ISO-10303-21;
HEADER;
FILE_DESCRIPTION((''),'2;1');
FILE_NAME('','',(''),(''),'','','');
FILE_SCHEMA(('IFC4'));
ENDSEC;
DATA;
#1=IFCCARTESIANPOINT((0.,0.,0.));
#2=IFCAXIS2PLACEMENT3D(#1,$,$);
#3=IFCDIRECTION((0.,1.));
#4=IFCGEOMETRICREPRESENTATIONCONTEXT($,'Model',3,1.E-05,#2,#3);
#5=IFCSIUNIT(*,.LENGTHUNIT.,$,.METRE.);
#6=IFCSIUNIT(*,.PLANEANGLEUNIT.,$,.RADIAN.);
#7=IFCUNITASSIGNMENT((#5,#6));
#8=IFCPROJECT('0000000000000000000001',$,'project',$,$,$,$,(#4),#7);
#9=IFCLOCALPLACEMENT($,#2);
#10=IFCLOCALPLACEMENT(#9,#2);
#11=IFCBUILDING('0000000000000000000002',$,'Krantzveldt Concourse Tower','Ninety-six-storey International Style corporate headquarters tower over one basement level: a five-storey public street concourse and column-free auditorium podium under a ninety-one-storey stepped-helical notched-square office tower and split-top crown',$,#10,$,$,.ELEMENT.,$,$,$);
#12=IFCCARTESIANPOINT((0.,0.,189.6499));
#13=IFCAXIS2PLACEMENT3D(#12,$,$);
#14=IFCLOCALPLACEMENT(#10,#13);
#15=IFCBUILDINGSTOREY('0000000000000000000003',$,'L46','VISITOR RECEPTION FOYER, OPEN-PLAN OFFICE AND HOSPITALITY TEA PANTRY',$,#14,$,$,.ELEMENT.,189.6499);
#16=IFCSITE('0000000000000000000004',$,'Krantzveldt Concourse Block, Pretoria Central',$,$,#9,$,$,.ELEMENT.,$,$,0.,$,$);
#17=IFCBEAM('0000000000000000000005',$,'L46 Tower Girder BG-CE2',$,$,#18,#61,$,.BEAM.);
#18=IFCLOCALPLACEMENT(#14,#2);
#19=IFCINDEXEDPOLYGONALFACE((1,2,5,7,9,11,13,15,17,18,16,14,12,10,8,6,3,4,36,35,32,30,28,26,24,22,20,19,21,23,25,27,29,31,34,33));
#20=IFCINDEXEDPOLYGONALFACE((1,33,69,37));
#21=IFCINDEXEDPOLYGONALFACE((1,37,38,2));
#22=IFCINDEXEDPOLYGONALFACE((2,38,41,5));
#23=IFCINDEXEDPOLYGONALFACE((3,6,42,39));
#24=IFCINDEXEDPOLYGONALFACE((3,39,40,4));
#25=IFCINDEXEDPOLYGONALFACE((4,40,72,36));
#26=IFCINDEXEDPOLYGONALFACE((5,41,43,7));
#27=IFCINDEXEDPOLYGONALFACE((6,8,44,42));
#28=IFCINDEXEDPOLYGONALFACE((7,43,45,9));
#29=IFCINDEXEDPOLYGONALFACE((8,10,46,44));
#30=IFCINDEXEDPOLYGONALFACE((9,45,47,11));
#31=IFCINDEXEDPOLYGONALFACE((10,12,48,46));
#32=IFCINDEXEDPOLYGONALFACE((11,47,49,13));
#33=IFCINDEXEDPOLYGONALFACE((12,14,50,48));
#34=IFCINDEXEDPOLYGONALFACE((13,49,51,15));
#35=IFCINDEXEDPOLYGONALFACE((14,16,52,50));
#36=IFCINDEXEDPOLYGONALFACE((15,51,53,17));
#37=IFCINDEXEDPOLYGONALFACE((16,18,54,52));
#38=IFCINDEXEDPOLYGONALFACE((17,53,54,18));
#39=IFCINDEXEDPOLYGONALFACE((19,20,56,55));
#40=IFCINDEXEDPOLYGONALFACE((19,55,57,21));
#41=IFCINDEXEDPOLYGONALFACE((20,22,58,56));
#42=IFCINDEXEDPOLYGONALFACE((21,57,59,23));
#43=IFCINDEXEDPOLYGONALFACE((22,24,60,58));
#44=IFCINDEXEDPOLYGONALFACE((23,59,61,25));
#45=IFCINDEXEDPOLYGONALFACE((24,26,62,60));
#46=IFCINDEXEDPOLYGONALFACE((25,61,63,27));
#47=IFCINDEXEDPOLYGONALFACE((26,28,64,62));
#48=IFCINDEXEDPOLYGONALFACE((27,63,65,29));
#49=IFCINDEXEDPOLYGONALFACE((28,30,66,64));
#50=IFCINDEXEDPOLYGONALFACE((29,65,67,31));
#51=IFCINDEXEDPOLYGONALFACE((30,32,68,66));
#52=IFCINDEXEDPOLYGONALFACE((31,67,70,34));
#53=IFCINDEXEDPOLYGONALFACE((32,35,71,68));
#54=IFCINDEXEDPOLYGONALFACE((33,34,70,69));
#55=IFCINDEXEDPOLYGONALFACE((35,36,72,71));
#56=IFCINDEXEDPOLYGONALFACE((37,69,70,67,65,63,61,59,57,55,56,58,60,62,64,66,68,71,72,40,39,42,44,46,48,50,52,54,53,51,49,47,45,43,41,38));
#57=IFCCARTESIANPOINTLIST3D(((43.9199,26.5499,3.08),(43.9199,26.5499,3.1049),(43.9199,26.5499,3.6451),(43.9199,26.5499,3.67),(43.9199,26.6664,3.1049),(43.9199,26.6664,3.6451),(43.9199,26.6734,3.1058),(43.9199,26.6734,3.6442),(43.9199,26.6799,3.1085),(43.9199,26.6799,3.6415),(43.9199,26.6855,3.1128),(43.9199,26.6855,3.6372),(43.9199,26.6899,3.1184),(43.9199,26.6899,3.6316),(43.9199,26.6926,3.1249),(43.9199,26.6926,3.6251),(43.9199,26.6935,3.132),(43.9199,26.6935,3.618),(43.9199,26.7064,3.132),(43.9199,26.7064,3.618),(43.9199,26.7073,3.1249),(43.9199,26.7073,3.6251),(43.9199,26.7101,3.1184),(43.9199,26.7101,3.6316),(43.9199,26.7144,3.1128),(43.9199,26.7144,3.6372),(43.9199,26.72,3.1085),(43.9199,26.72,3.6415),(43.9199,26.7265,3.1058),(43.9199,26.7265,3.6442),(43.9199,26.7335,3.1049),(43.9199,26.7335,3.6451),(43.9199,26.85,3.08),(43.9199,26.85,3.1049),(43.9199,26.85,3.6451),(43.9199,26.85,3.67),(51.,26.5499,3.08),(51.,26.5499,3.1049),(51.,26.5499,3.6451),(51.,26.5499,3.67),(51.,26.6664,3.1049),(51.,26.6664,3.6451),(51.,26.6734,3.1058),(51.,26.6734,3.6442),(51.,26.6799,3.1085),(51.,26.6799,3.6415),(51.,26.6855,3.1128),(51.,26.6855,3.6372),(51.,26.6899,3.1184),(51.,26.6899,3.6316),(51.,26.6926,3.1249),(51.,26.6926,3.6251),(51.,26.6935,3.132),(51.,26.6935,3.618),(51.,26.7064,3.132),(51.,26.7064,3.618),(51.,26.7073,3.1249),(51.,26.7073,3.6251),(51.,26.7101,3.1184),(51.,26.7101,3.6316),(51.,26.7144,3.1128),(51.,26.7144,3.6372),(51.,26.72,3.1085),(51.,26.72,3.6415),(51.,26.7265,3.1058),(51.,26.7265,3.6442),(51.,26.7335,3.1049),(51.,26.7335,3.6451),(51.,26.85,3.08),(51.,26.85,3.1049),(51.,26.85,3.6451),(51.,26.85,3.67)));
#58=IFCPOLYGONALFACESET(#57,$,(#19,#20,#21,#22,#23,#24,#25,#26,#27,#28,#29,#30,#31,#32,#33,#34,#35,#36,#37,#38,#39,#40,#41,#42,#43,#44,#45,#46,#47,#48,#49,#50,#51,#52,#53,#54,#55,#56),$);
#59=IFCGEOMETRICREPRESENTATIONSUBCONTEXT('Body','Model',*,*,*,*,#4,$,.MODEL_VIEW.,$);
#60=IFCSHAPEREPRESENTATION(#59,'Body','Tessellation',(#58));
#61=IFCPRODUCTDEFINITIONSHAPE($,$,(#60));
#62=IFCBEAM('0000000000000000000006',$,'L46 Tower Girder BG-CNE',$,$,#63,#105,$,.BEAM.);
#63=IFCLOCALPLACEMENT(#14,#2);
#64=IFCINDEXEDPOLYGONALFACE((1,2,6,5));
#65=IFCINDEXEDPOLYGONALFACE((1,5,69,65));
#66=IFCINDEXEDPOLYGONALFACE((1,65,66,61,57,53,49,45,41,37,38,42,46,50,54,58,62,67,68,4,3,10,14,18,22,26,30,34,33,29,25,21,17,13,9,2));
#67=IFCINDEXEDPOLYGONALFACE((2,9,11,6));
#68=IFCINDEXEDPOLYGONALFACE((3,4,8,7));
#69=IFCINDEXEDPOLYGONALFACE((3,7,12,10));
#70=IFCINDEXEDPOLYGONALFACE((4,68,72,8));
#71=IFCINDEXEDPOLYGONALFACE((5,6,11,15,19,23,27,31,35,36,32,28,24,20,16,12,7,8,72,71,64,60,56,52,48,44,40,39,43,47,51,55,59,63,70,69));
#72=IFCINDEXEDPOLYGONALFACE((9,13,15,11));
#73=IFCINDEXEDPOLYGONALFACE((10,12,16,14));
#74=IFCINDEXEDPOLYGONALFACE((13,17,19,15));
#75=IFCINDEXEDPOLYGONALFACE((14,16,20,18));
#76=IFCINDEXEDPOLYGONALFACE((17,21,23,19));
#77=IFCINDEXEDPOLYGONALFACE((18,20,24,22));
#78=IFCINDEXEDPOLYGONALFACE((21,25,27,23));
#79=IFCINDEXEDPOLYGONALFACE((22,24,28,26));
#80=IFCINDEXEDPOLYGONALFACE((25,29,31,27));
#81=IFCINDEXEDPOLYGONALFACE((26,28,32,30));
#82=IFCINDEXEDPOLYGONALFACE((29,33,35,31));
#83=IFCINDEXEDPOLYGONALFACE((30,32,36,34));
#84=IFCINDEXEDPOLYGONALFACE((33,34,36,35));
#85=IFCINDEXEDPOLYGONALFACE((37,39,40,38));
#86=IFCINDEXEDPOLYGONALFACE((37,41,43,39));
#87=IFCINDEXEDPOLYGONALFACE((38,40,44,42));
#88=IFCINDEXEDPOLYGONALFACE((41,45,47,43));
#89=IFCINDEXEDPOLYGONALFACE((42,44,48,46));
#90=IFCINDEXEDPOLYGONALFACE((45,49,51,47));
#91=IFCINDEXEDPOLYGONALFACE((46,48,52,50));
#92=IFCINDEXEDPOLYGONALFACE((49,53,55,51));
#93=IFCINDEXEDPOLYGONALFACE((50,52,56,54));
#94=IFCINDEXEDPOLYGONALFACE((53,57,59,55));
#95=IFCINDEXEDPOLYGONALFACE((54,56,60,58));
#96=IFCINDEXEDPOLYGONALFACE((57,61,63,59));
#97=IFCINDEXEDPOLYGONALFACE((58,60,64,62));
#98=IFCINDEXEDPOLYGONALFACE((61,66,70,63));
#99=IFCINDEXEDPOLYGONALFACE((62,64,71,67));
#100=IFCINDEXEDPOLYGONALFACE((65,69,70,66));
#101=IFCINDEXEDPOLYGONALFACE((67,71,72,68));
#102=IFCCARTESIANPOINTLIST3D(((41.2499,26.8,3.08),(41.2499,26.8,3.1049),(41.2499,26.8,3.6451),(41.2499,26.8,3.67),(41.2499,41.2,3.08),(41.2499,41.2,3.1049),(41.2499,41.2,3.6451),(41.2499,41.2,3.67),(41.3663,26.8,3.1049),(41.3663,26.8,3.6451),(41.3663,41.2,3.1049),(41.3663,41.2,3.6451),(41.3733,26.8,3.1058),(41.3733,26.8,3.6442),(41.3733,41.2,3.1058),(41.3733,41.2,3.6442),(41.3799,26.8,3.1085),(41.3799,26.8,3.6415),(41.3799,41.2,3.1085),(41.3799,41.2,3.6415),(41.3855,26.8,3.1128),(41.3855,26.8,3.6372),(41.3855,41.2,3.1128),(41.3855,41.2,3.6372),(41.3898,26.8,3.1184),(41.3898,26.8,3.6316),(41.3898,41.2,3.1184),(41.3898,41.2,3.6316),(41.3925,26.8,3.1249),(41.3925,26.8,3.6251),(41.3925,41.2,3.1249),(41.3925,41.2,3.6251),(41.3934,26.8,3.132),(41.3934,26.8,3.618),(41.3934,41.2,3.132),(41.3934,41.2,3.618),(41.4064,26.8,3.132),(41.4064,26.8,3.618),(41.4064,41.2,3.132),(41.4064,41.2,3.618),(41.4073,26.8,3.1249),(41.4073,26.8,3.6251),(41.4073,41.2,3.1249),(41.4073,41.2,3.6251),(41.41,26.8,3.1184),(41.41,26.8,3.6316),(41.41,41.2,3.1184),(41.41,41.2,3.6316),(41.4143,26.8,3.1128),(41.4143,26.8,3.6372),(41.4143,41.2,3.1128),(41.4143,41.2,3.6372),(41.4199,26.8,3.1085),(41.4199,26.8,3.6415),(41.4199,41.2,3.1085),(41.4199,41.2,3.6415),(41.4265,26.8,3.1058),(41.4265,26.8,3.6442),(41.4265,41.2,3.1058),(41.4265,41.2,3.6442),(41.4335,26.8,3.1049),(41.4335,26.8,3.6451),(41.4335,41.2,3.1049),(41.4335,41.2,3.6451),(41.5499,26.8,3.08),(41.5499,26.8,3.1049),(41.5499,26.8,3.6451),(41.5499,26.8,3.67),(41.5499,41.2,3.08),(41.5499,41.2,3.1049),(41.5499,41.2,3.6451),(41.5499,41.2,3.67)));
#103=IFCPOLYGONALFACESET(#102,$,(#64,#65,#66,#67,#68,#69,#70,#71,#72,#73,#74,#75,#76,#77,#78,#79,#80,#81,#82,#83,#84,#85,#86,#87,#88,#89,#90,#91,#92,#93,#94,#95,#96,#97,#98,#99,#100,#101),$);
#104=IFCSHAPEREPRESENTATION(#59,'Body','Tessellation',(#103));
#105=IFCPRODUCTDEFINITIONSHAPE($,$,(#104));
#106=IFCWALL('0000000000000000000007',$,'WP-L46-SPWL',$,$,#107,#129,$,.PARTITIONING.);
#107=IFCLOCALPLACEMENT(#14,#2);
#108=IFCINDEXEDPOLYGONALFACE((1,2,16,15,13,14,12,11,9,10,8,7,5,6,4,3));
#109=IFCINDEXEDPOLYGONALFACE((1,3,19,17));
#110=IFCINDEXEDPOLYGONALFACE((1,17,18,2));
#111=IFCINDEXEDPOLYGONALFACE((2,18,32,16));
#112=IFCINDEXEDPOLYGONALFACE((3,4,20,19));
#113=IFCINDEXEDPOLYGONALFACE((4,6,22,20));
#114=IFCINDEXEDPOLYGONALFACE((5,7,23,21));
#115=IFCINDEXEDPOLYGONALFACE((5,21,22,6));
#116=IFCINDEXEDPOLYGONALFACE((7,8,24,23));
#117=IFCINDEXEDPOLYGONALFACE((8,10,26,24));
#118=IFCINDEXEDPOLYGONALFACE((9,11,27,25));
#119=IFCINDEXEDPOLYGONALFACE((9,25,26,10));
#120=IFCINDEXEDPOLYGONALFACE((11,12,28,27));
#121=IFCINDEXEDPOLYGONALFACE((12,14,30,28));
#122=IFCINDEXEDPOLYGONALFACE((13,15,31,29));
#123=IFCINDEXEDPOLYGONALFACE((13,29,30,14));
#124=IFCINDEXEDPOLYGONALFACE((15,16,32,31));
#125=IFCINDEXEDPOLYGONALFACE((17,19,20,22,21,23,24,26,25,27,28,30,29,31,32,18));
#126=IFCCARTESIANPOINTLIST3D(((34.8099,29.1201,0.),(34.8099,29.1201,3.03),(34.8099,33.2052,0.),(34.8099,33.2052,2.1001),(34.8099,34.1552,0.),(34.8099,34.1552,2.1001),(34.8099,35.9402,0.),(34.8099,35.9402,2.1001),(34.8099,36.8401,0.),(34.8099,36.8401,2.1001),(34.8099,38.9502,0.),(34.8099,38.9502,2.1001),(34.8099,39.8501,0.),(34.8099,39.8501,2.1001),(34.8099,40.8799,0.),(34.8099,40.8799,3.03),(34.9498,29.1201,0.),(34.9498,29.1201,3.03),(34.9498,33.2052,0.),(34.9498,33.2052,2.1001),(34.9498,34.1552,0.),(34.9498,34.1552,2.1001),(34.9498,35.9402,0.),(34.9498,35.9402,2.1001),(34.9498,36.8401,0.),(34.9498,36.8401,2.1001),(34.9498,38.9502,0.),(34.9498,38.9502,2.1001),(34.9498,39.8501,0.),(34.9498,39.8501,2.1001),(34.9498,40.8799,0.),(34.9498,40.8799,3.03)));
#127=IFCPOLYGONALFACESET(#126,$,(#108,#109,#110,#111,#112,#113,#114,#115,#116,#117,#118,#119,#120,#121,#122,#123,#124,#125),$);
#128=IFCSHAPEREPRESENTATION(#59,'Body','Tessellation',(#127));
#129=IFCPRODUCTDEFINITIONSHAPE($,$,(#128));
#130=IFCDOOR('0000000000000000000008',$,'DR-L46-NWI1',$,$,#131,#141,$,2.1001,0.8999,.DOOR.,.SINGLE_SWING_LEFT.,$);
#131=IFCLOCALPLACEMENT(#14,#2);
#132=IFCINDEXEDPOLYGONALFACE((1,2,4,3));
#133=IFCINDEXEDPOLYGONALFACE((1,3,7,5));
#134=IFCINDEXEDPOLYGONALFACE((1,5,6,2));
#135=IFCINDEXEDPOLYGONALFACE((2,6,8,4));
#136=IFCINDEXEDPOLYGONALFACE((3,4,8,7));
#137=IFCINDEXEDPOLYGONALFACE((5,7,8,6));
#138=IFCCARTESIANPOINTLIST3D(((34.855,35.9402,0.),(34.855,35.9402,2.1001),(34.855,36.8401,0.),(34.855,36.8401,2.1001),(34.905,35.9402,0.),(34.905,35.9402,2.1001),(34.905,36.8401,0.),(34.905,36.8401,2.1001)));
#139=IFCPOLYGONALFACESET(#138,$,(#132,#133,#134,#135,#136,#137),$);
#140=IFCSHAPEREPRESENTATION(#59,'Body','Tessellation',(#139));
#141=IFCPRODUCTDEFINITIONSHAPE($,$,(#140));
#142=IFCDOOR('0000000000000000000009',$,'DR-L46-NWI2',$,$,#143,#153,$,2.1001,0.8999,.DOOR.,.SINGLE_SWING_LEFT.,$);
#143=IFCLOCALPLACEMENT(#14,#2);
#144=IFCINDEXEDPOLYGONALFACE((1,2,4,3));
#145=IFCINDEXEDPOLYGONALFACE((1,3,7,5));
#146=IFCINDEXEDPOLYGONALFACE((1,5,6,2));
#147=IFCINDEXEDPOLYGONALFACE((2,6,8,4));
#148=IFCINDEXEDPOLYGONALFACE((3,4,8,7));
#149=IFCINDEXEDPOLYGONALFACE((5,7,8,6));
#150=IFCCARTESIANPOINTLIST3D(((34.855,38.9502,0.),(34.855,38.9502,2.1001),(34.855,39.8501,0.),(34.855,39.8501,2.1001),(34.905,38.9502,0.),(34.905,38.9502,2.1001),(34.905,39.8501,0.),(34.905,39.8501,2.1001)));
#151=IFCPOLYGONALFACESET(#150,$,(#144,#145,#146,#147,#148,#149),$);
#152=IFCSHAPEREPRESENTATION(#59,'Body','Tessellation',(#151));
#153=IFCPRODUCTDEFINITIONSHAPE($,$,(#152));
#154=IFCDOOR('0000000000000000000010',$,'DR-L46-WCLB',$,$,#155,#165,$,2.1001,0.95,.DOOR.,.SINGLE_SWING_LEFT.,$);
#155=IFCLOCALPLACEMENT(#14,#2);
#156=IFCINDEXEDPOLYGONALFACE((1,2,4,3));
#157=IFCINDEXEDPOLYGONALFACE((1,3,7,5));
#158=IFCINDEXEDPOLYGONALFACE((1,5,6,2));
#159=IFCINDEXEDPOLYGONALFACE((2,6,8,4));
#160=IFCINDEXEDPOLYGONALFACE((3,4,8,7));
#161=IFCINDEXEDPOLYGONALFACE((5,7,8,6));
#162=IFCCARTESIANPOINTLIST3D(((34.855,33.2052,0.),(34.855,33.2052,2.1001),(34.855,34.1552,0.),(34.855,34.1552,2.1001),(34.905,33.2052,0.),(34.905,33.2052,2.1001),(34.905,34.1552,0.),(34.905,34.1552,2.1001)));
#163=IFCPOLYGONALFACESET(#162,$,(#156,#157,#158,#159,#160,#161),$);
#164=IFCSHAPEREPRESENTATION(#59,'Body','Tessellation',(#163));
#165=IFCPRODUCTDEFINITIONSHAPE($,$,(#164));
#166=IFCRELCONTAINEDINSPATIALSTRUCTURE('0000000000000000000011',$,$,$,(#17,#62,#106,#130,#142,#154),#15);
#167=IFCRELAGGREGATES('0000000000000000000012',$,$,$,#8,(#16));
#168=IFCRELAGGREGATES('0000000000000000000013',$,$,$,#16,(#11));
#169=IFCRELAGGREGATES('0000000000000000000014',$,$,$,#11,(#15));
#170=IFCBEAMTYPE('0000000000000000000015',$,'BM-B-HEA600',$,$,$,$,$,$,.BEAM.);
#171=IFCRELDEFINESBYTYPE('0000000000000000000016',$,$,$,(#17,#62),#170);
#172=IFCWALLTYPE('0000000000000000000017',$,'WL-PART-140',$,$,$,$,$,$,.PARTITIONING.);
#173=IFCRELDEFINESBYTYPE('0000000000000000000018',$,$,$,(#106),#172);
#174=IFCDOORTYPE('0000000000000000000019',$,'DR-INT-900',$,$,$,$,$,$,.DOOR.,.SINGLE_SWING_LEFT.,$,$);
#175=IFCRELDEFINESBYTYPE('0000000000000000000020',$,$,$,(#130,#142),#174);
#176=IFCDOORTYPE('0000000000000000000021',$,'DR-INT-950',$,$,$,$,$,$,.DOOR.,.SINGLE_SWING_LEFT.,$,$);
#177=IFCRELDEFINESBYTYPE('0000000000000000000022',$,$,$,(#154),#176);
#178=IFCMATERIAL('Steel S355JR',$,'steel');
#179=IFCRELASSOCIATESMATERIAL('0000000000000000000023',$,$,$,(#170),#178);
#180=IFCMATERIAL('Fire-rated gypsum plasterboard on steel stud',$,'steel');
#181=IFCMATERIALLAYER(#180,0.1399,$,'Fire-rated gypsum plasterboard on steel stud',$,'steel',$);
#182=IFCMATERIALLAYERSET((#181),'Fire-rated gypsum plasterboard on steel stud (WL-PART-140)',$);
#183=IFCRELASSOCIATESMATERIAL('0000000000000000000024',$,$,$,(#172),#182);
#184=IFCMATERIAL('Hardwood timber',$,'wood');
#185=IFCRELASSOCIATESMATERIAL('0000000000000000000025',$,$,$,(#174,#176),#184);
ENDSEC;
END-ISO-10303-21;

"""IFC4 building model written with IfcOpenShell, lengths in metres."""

from ifc_helpers import new_model, si_unit, direction, frame, frame_2d, origin, origin_2d, place, context, subcontext, project, spatial, rectangle, i_section, extrude, source, transform, mapped, material, layer, layer_set, material_profile, profile_set, type_object, type_shapes, element, fill, save


model = new_model("IFC4")

# Units and contexts
model_context = context("Model", 3, precision=1e-05, world=origin(), true_north=direction((0.0, 1.0)))
body_context = subcontext(model_context, "Body", "Model", "MODEL_VIEW")
ifc_project = project(units=[si_unit("LENGTHUNIT", "METRE"), si_unit("PLANEANGLEUNIT", "RADIAN")], contexts=[model_context])

# Site, building, storey
site_placement = place(None, origin())
site = spatial("IfcSite", under=ifc_project, at=site_placement, Name="Krantzveldt Concourse Block, Pretoria Central", CompositionType="ELEMENT", RefElevation=0.0)
building_placement = place(site_placement, origin())
building = spatial("IfcBuilding", under=site, at=building_placement, Name="Krantzveldt Concourse Tower", Description="Ninety-six-storey International Style corporate headquarters tower over one basement level: a five-storey public street concourse and column-free auditorium podium under a ninety-one-storey stepped-helical notched-square office tower and split-top crown", CompositionType="ELEMENT")
storey_placement = place(building_placement, frame((0.0, 0.0, 189.6499)))
storey = spatial("IfcBuildingStorey", under=building, at=storey_placement, Name="L46", Description="VISITOR RECEPTION FOYER, OPEN-PLAN OFFICE AND HOSPITALITY TEA PANTRY", CompositionType="ELEMENT", Elevation=189.6499)

# Beams
ifc_material_1 = material(Name="Steel S355JR", Category="steel")
ifc_material_profile = material_profile(ifc_material_1, i_section(OverallWidth=0.3, OverallDepth=0.5901, WebThickness=0.0129, FlangeThickness=0.0249, FilletRadius=0.0271, at=origin_2d()), Name="Steel S355JR", Category="steel")
ifc_profile_set = profile_set([ifc_material_profile], Name="Steel S355JR - HEA 600")
beam_type = type_object("IfcBeamType", Name="BM-B-HEA600", PredefinedType="BEAM", material=ifc_profile_set)
shared_shape_1 = source(origin(), body_context, "Body", "SweptSolid", [
    extrude(i_section(OverallWidth=0.3, OverallDepth=0.5901, WebThickness=0.0129, FlangeThickness=0.0249, FilletRadius=0.0271, at=origin_2d()), origin(), (0.0, 0.0, 1.0), 7.0801),
])
beam_1_placement = place(storey_placement, frame((43.9199, 26.7, 3.375), z_axis=(1.0, 0.0, 0.0), x_axis=(0.0, 1.0, 0.0)))
element("IfcBeam", 1, at=beam_1_placement, inside=storey, type_object=beam_type, Name="L46 Tower Girder BG-CE2", PredefinedType="BEAM", context=body_context, shape_type="MappedRepresentation", body=[
    mapped(shared_shape_1, transform((0.0, 0.0, 0.0), x_axis=(1.0, 0.0, 0.0), y_axis=(0.0, 1.0, 0.0), z_axis=(0.0, 0.0, 1.0), scale=1.0)),
])
shared_shape_2 = source(origin(), body_context, "Body", "SweptSolid", [
    extrude(i_section(OverallWidth=0.3, OverallDepth=0.5901, WebThickness=0.0129, FlangeThickness=0.0249, FilletRadius=0.0271, at=origin_2d()), origin(), (0.0, 0.0, 1.0), 14.3999),
])
type_shapes(beam_type, [shared_shape_1, shared_shape_2])
beam_2_placement = place(storey_placement, frame((41.3999, 26.8, 3.375), z_axis=(0.0, 1.0, 0.0), x_axis=(-1.0, 0.0, 0.0)))
element("IfcBeam", 2, at=beam_2_placement, inside=storey, type_object=beam_type, Name="L46 Tower Girder BG-CNE", PredefinedType="BEAM", context=body_context, shape_type="MappedRepresentation", body=[
    mapped(shared_shape_2, transform((0.0, 0.0, 0.0), x_axis=(1.0, 0.0, 0.0), y_axis=(0.0, 1.0, 0.0), z_axis=(0.0, 0.0, 1.0), scale=1.0)),
])

# Wall, openings, doors
ifc_material_2 = material(Name="Fire-rated gypsum plasterboard on steel stud", Category="steel")
ifc_layer = layer(ifc_material_2, 0.1399, Name="Fire-rated gypsum plasterboard on steel stud", Category="steel")
ifc_layer_set = layer_set([ifc_layer], Name="Fire-rated gypsum plasterboard on steel stud (WL-PART-140)")
wall_type = type_object("IfcWallType", Name="WL-PART-140", PredefinedType="PARTITIONING", material=ifc_layer_set)
wall_1_placement = place(storey_placement, frame((34.8799, 29.1201, 0.0), z_axis=(0.0, 0.0, 1.0), x_axis=(0.0, 1.0, 0.0)))
wall_1 = element("IfcWall", 3, at=wall_1_placement, inside=storey, type_object=wall_type, Name="WP-L46-SPWL", PredefinedType="PARTITIONING", context=body_context, shape_type="SweptSolid", body=[
    extrude(rectangle(XDim=11.7598, YDim=0.1399, at=frame_2d((5.8799, 0.0))), origin(), (0.0, 0.0, 1.0), 3.03),
])
opening_1_placement = place(wall_1_placement, frame((4.085, 0.0, 0.0)))
opening_1 = element("IfcOpeningElement", 4, at=opening_1_placement, cuts=wall_1, PredefinedType="OPENING", context=body_context, shape_type="SweptSolid", body=[
    extrude(rectangle(XDim=0.95, YDim=2.1001, at=frame_2d((0.4751, 1.05))), frame((0.0, 0.0801, 0.0), z_axis=(0.0, -1.0, 0.0), x_axis=(1.0, 0.0, 0.0)), (0.0, 0.0, 1.0), 0.1599),
])
opening_2_placement = place(wall_1_placement, frame((6.8201, 0.0, 0.0)))
opening_2 = element("IfcOpeningElement", 5, at=opening_2_placement, cuts=wall_1, PredefinedType="OPENING", context=body_context, shape_type="SweptSolid", body=[
    extrude(rectangle(XDim=0.8999, YDim=2.1001, at=frame_2d((0.45, 1.05))), frame((0.0, 0.0801, 0.0), z_axis=(0.0, -1.0, 0.0), x_axis=(1.0, 0.0, 0.0)), (0.0, 0.0, 1.0), 0.1599),
])
opening_3_placement = place(wall_1_placement, frame((9.8301, 0.0, 0.0)))
opening_3 = element("IfcOpeningElement", 6, at=opening_3_placement, cuts=wall_1, PredefinedType="OPENING", context=body_context, shape_type="SweptSolid", body=[
    extrude(rectangle(XDim=0.8999, YDim=2.1001, at=frame_2d((0.45, 1.05))), frame((0.0, 0.0801, 0.0), z_axis=(0.0, -1.0, 0.0), x_axis=(1.0, 0.0, 0.0)), (0.0, 0.0, 1.0), 0.1599),
])
ifc_material_3 = material(Name="Hardwood timber", Category="wood")
door_type_1 = type_object("IfcDoorType", Name="DR-INT-900", OperationType="SINGLE_SWING_LEFT", PredefinedType="DOOR", material=ifc_material_3)
door_1_placement = place(opening_2_placement, origin())
door_1 = element("IfcDoor", 7, at=door_1_placement, inside=storey, type_object=door_type_1, Name="DR-L46-NWI1", OperationType="SINGLE_SWING_LEFT", OverallHeight=2.1001, OverallWidth=0.8999, PredefinedType="DOOR", context=body_context, shape_type="SweptSolid", body=[
    extrude(rectangle(XDim=0.8999, YDim=2.1001, at=frame_2d((0.45, 1.05))), frame((0.0, 0.0249, 0.0), z_axis=(0.0, -1.0, 0.0), x_axis=(1.0, 0.0, 0.0)), (0.0, 0.0, 1.0), 0.05),
])
fill(opening_2, door_1)
door_2_placement = place(opening_3_placement, origin())
door_2 = element("IfcDoor", 8, at=door_2_placement, inside=storey, type_object=door_type_1, Name="DR-L46-NWI2", OperationType="SINGLE_SWING_LEFT", OverallHeight=2.1001, OverallWidth=0.8999, PredefinedType="DOOR", context=body_context, shape_type="SweptSolid", body=[
    extrude(rectangle(XDim=0.8999, YDim=2.1001, at=frame_2d((0.45, 1.05))), frame((0.0, 0.0249, 0.0), z_axis=(0.0, -1.0, 0.0), x_axis=(1.0, 0.0, 0.0)), (0.0, 0.0, 1.0), 0.05),
])
fill(opening_3, door_2)
door_type_2 = type_object("IfcDoorType", Name="DR-INT-950", OperationType="SINGLE_SWING_LEFT", PredefinedType="DOOR", material=ifc_material_3)
door_3_placement = place(opening_1_placement, origin())
door_3 = element("IfcDoor", 9, at=door_3_placement, inside=storey, type_object=door_type_2, Name="DR-L46-WCLB", OperationType="SINGLE_SWING_LEFT", OverallHeight=2.1001, OverallWidth=0.95, PredefinedType="DOOR", context=body_context, shape_type="SweptSolid", body=[
    extrude(rectangle(XDim=0.95, YDim=2.1001, at=frame_2d((0.4751, 1.05))), frame((0.0, 0.0249, 0.0), z_axis=(0.0, -1.0, 0.0), x_axis=(1.0, 0.0, 0.0)), (0.0, 0.0, 1.0), 0.05),
])
fill(opening_1, door_3)

save(model, "model.ifc")
